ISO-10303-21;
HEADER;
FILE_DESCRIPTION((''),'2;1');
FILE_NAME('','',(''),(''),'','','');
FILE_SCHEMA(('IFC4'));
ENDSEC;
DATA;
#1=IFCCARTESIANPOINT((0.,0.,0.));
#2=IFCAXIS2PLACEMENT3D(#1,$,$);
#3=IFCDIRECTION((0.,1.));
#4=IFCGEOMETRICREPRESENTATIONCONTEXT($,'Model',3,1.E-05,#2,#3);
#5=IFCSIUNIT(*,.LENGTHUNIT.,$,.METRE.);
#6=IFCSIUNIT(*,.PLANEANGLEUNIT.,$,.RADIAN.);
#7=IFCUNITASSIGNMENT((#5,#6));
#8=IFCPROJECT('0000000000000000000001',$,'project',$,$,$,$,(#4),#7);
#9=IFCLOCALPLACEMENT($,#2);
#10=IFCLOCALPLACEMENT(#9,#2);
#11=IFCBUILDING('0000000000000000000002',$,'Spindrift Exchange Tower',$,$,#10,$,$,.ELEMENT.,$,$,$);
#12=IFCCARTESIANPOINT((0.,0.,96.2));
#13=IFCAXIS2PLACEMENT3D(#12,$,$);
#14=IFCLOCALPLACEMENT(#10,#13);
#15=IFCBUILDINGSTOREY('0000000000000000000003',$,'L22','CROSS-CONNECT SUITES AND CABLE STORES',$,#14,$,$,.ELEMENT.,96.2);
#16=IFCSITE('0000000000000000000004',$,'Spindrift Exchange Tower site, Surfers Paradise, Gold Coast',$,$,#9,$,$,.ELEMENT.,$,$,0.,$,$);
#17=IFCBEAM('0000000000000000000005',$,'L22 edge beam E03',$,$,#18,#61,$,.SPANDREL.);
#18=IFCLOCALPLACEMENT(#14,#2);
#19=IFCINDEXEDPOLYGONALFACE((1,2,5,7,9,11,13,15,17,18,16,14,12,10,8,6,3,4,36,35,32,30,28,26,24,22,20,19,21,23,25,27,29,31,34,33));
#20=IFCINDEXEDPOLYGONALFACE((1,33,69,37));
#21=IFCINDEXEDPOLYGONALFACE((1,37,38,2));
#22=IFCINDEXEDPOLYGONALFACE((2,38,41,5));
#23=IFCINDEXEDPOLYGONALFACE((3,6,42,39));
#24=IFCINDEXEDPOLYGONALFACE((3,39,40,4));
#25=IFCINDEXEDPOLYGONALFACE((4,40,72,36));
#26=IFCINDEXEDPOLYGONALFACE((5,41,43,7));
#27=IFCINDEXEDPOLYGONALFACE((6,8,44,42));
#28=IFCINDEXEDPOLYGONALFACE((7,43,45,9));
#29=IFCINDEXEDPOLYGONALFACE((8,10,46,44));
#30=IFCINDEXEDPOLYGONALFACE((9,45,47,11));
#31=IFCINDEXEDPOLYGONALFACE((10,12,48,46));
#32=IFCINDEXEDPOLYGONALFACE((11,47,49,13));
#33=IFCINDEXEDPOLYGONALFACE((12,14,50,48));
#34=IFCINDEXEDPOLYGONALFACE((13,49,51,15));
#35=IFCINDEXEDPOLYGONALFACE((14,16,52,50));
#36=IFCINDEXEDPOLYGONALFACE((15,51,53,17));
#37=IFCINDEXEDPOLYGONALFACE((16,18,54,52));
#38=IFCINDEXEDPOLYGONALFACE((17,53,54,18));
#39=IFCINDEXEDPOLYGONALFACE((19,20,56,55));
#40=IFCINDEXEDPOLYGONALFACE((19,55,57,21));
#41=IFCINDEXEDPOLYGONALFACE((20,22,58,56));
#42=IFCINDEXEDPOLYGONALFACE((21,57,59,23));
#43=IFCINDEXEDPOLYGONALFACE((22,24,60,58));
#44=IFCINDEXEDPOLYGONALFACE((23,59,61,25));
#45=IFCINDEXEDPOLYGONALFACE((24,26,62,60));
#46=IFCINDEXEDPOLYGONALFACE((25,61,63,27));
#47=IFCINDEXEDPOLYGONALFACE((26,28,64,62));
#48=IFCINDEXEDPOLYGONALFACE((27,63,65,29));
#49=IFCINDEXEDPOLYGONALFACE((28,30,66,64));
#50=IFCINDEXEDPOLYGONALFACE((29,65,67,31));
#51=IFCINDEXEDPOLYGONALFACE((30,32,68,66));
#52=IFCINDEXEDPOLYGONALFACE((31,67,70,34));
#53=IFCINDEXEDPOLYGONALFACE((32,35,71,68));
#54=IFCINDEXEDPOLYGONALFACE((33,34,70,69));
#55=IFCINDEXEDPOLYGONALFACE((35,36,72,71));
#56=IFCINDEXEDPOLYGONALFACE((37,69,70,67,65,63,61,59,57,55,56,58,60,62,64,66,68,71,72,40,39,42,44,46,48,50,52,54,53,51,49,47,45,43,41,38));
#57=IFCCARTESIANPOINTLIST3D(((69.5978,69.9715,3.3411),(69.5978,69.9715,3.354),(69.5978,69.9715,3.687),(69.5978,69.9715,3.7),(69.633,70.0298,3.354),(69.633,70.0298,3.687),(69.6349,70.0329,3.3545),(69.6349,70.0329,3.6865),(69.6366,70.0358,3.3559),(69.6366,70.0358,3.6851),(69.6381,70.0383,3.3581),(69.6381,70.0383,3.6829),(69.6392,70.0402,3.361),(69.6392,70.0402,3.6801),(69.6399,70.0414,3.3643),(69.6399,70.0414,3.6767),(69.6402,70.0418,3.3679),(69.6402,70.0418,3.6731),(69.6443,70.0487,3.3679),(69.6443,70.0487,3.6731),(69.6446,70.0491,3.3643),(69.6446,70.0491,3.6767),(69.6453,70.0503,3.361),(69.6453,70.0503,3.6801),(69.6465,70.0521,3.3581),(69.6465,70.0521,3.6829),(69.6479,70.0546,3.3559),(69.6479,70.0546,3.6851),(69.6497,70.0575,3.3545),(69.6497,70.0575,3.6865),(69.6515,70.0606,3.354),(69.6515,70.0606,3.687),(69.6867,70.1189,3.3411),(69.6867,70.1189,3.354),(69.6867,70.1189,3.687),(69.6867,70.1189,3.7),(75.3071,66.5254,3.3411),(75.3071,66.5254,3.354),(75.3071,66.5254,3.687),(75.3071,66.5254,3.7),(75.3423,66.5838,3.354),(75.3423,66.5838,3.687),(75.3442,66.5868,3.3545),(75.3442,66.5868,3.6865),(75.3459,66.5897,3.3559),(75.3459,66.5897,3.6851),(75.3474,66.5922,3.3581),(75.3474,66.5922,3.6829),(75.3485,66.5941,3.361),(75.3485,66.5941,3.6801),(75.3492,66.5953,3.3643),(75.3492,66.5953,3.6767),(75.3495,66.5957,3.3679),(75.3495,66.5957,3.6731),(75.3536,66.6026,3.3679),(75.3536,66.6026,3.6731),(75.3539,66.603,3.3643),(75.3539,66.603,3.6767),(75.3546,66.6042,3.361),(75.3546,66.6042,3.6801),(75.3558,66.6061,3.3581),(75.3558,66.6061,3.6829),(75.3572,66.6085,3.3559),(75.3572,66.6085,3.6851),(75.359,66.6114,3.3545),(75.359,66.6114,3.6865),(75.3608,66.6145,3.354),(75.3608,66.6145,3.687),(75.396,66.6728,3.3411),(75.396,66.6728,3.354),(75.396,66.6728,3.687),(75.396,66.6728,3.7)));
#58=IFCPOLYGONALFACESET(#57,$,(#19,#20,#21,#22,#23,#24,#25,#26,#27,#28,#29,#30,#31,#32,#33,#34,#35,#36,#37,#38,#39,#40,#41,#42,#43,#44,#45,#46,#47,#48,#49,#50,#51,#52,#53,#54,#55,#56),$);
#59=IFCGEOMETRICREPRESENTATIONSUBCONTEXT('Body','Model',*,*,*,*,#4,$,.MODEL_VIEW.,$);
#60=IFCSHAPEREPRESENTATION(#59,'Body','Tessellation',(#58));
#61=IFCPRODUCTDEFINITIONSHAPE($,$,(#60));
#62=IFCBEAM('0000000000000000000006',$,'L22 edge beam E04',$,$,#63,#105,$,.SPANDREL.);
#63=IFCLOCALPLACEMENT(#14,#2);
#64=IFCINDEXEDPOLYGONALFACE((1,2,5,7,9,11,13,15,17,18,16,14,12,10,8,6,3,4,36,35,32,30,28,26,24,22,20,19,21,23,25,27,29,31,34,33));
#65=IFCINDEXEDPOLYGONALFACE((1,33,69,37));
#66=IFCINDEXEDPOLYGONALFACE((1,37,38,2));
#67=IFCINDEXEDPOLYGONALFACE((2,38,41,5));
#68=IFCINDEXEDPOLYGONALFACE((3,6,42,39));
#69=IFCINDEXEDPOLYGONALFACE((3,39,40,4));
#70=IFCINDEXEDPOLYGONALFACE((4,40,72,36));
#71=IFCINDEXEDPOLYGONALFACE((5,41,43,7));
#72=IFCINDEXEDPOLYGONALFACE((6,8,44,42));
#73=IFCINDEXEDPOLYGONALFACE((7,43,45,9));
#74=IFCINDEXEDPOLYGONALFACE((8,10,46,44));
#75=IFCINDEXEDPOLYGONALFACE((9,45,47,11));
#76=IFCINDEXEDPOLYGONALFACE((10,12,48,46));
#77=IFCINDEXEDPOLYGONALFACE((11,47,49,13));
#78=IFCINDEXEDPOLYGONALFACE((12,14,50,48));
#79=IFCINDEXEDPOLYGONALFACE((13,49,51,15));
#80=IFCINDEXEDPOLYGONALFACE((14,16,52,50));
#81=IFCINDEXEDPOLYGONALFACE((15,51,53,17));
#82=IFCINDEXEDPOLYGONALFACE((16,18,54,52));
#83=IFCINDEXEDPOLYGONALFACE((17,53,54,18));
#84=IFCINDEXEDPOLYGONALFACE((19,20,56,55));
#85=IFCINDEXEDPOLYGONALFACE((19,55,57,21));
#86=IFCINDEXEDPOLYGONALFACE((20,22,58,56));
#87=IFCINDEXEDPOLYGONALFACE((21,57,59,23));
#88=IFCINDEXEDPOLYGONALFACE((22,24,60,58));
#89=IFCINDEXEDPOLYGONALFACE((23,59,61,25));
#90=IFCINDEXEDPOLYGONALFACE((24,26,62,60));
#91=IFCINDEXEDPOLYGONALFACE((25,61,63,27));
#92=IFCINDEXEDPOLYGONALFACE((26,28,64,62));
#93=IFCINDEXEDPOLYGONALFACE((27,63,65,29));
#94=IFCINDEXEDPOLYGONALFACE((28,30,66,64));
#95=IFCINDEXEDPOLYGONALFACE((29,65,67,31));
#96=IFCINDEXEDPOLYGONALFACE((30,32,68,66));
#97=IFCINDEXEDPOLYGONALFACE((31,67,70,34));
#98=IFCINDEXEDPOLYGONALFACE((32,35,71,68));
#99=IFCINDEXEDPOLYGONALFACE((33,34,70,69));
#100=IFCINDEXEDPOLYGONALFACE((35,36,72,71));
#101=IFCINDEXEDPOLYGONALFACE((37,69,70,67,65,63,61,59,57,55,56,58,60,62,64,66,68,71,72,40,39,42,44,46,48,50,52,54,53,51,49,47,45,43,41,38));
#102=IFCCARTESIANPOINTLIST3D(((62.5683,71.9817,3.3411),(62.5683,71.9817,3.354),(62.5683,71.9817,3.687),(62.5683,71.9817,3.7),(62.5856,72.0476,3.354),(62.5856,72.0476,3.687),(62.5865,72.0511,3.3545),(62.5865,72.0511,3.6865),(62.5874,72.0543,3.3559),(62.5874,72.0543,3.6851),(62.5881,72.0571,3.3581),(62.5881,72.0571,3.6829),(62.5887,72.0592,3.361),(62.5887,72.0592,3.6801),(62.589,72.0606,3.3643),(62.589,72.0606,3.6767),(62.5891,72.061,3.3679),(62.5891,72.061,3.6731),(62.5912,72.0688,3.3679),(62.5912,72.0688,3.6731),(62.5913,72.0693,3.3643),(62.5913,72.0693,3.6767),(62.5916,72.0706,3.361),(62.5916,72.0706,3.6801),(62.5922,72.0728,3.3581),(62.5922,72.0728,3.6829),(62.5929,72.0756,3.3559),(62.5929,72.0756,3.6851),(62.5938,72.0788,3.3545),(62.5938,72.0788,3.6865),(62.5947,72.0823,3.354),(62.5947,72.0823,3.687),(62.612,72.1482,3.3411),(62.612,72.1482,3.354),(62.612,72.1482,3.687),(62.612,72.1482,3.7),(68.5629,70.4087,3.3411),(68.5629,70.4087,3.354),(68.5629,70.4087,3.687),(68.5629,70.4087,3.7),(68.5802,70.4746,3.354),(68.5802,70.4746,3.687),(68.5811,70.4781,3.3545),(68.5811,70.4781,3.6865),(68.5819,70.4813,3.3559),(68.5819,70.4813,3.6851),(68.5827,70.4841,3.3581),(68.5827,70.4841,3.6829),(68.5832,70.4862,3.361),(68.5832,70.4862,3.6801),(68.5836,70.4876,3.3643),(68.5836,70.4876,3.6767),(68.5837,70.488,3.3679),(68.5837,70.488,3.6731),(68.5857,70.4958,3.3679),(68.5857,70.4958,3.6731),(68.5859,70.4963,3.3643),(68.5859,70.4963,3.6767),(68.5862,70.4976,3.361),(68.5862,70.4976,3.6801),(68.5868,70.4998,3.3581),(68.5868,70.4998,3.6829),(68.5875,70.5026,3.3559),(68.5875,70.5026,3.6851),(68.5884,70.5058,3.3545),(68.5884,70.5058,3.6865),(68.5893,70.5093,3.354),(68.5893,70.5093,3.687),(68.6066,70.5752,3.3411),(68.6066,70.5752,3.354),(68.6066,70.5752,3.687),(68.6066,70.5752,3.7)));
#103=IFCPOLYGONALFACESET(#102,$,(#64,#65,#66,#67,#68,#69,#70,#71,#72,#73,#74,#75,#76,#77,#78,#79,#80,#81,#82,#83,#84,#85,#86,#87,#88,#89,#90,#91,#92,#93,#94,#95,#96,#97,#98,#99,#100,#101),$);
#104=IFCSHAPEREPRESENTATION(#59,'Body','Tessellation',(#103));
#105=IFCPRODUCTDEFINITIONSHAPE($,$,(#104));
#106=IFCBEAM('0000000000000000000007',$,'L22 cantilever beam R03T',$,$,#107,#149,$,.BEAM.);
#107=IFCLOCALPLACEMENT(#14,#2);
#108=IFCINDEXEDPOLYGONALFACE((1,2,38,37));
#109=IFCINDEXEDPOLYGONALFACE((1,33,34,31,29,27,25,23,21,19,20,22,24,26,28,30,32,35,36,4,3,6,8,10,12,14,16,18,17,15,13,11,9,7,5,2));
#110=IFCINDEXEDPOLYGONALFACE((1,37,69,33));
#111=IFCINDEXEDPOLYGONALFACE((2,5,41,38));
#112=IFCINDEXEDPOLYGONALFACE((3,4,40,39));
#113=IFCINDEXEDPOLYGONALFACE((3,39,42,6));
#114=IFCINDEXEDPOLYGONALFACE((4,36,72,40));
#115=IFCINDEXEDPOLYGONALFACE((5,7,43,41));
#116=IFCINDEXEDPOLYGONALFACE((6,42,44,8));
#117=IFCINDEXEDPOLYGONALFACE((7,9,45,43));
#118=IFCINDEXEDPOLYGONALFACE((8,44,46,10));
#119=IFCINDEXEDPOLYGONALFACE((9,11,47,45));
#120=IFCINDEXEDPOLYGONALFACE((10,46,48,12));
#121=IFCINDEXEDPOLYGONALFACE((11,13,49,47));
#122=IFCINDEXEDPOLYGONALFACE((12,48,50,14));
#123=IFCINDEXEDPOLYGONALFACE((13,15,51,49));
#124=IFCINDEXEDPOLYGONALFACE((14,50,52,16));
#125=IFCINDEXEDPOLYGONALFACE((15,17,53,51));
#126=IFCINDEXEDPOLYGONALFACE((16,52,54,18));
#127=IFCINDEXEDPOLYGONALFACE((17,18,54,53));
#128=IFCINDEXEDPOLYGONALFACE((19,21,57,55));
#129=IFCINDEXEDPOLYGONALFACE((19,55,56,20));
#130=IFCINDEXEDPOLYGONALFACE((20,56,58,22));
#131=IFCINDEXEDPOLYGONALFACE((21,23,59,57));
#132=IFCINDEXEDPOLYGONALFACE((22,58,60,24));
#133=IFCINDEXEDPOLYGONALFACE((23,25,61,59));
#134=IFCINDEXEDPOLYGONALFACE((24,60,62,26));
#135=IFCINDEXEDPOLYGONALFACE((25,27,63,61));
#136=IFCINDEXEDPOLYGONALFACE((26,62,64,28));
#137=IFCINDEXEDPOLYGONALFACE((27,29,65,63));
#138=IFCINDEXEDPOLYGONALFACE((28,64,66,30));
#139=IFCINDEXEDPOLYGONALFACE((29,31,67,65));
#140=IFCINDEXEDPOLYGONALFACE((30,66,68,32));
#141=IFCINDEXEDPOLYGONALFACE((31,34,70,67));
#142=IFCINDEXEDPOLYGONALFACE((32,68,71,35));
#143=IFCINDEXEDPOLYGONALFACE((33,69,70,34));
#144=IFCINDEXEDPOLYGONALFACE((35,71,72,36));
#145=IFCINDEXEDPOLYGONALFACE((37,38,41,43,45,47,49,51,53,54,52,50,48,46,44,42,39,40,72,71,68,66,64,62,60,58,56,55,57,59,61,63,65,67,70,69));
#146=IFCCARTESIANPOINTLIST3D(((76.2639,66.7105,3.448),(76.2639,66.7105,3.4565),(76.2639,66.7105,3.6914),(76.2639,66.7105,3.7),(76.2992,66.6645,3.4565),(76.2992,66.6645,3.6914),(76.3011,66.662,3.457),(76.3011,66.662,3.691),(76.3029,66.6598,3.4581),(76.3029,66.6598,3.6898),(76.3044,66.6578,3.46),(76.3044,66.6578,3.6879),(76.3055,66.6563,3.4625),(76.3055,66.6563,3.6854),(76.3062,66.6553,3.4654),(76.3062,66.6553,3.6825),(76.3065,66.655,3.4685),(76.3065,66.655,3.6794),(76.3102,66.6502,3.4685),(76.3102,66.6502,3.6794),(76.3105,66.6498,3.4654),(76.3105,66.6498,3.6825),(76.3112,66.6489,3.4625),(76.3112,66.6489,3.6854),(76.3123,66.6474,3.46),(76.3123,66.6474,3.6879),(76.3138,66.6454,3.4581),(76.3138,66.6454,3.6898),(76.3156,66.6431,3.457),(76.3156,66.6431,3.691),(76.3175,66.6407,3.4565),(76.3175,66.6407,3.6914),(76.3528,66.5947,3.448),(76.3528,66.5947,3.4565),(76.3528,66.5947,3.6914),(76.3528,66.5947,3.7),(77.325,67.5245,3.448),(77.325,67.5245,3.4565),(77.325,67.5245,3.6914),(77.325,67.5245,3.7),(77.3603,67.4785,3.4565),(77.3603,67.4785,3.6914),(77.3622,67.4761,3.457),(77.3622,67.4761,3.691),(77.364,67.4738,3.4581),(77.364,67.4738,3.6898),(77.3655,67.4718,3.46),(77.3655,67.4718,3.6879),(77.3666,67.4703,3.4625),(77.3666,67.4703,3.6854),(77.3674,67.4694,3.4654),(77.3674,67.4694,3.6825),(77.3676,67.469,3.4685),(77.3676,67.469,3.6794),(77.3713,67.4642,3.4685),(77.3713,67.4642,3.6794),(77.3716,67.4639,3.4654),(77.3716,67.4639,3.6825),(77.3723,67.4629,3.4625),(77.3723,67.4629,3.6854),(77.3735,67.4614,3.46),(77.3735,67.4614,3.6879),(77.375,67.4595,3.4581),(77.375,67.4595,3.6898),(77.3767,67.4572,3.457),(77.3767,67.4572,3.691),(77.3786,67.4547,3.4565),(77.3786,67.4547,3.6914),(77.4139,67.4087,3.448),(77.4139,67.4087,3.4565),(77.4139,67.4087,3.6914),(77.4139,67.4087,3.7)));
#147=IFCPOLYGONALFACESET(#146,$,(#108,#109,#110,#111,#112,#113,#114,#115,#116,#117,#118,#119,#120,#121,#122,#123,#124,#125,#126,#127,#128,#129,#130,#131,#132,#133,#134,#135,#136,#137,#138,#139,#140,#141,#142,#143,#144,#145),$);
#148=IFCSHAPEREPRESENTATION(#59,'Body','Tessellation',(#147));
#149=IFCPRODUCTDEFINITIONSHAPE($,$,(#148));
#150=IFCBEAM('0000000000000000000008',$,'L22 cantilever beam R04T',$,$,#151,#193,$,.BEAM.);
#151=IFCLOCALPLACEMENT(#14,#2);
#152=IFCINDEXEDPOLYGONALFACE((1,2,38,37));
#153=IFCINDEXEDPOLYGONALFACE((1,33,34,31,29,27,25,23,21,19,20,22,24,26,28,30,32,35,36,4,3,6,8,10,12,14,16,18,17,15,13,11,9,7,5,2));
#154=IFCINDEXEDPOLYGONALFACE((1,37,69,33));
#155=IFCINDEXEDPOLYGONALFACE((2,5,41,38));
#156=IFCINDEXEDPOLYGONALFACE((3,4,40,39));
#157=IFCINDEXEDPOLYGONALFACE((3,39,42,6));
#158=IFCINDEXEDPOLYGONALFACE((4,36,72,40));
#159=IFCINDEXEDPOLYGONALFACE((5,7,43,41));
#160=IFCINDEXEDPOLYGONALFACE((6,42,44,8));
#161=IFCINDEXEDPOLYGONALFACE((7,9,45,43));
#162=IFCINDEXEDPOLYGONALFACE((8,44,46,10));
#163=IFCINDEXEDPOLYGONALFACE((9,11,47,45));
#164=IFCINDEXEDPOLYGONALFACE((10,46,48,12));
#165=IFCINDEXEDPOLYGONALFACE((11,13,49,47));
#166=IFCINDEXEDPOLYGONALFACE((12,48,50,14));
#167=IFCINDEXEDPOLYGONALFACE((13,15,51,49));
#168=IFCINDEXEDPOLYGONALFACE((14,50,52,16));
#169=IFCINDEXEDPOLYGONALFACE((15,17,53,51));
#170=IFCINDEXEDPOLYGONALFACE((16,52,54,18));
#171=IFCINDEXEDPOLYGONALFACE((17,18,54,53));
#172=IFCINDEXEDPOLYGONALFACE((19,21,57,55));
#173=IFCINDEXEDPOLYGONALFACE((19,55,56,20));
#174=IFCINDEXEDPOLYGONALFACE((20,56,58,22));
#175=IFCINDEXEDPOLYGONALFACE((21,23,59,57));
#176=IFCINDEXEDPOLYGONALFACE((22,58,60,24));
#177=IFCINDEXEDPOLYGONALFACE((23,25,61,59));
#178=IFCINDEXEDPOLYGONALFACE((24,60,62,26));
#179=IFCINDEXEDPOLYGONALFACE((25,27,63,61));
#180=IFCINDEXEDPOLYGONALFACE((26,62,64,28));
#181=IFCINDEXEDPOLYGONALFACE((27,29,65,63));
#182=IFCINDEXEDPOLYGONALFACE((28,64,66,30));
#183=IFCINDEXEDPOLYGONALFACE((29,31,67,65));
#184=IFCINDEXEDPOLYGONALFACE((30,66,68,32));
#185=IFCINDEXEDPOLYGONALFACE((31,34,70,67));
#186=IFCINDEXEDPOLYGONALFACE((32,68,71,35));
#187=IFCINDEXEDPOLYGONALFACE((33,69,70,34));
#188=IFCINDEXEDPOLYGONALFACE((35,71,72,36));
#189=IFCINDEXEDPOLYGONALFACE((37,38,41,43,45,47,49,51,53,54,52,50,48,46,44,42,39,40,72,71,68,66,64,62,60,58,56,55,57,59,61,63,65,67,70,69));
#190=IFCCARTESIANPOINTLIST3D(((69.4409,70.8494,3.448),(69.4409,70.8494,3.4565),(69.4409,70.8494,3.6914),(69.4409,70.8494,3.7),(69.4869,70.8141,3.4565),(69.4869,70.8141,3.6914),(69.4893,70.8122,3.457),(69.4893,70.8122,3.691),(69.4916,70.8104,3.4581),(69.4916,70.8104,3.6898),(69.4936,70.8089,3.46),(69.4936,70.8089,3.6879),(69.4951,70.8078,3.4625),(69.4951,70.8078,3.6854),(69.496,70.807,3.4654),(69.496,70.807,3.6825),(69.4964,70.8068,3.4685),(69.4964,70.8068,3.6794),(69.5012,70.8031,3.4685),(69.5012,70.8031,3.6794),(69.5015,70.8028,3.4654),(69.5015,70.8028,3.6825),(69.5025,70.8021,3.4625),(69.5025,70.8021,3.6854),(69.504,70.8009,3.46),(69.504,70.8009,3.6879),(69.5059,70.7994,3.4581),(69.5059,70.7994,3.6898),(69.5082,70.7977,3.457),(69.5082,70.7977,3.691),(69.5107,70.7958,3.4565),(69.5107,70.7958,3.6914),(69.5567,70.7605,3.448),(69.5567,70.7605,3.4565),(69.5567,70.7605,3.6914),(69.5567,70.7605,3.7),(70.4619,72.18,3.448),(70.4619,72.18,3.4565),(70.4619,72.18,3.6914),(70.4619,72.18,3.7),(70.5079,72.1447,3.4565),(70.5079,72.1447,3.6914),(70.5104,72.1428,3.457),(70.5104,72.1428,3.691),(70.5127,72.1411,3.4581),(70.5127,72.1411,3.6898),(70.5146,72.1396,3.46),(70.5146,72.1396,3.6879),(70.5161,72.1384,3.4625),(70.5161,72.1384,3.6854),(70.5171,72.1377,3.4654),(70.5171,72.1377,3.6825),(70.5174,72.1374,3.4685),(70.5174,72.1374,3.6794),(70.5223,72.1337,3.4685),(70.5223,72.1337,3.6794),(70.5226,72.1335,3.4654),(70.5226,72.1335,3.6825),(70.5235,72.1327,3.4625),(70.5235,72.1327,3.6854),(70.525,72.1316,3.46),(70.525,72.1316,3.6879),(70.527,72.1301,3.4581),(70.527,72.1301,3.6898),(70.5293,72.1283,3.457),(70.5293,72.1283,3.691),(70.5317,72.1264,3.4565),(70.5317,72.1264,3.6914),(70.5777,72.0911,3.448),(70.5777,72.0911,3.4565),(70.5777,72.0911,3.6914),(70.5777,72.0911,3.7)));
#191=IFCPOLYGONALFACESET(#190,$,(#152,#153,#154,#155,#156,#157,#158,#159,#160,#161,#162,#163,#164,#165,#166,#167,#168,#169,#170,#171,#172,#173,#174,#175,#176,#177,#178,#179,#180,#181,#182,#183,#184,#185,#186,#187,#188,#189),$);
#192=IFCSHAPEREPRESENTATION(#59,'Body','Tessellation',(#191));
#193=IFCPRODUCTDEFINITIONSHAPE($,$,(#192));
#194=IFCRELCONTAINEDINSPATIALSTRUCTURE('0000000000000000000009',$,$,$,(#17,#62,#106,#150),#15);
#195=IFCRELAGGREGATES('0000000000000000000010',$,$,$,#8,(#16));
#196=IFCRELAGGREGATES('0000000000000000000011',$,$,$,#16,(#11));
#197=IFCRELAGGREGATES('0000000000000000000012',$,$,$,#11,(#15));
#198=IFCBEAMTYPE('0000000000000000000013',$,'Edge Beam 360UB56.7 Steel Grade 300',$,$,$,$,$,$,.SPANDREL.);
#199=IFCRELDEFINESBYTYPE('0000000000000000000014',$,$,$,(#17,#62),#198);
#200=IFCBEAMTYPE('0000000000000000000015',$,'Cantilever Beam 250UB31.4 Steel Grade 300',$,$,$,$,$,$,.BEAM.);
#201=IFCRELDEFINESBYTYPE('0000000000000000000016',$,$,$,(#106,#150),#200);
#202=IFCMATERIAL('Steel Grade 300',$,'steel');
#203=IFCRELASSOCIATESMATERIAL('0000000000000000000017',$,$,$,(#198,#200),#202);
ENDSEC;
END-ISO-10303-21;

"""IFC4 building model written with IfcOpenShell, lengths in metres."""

from ifc_helpers import new_model, si_unit, direction, frame, origin, origin_2d, place, context, subcontext, project, spatial, i_section, extrude, source, transform, mapped, material, material_profile, profile_set, type_object, element, save


model = new_model("IFC4")

# Units and contexts
model_context = context("Model", 3, precision=1e-05, world=origin(), true_north=direction((0.0, 1.0)))
body_context = subcontext(model_context, "Body", "Model", "MODEL_VIEW")
ifc_project = project(units=[si_unit("LENGTHUNIT", "METRE"), si_unit("PLANEANGLEUNIT", "RADIAN")], contexts=[model_context])

# Site, building, storey
site_placement = place(None, origin())
site = spatial("IfcSite", under=ifc_project, at=site_placement, Name="Spindrift Exchange Tower site, Surfers Paradise, Gold Coast", CompositionType="ELEMENT", RefElevation=0.0)
building_placement = place(site_placement, origin())
building = spatial("IfcBuilding", under=site, at=building_placement, Name="Spindrift Exchange Tower", CompositionType="ELEMENT")
storey_placement = place(building_placement, frame((0.0, 0.0, 96.2)))
storey = spatial("IfcBuildingStorey", under=building, at=storey_placement, Name="L22", Description="CROSS-CONNECT SUITES AND CABLE STORES", CompositionType="ELEMENT", Elevation=96.2)

# Beams
ifc_material_1 = material(Name="Steel Grade 300", Category="steel")
ifc_material_profile_1 = material_profile(ifc_material_1, i_section(OverallWidth=0.1721, OverallDepth=0.3589, WebThickness=0.0081, FlangeThickness=0.0129, FilletRadius=0.0139, at=origin_2d()), Name="360UB56.7")
ifc_profile_set_1 = profile_set([ifc_material_profile_1], Name="Steel Grade 300")
beam_type_1 = type_object("IfcBeamType", Name="Edge Beam 360UB56.7 Steel Grade 300", PredefinedType="SPANDREL", material=ifc_profile_set_1)
shared_shape_1 = source(origin(), body_context, "Body", "SweptSolid", [
    extrude(i_section(OverallWidth=0.1721, OverallDepth=0.3589, WebThickness=0.0081, FlangeThickness=0.0129, FilletRadius=0.0139, at=origin_2d()), origin(), (0.0, 0.0, 1.0), 6.6687),
])
beam_1_placement = place(storey_placement, frame((75.3516, 66.5991, 3.5205), z_axis=(-0.856133, 0.516755, 0.0), x_axis=(-0.516755, -0.856133, 0.0)))
element("IfcBeam", 1, at=beam_1_placement, inside=storey, type_object=beam_type_1, Name="L22 edge beam E03", PredefinedType="SPANDREL", context=body_context, shape_type="MappedRepresentation", body=[
    mapped(shared_shape_1, transform((0.0, 0.0, 0.0), scale=1.0)),
])
shared_shape_2 = source(origin(), body_context, "Body", "SweptSolid", [
    extrude(i_section(OverallWidth=0.1721, OverallDepth=0.3589, WebThickness=0.0081, FlangeThickness=0.0129, FilletRadius=0.0139, at=origin_2d()), origin(), (0.0, 0.0, 1.0), 6.1975),
])
beam_2_placement = place(storey_placement, frame((68.5847, 70.4919, 3.5205), z_axis=(-0.967254, 0.253809, 0.0), x_axis=(-0.253809, -0.967254, 0.0)))
element("IfcBeam", 2, at=beam_2_placement, inside=storey, type_object=beam_type_1, Name="L22 edge beam E04", PredefinedType="SPANDREL", context=body_context, shape_type="MappedRepresentation", body=[
    mapped(shared_shape_2, transform((0.0, 0.0, 0.0), scale=1.0)),
])
ifc_material_profile_2 = material_profile(ifc_material_1, i_section(OverallWidth=0.146, OverallDepth=0.252, WebThickness=0.0061, FlangeThickness=0.0085, FilletRadius=0.012, at=origin_2d()), Name="250UB31.4")
ifc_profile_set_2 = profile_set([ifc_material_profile_2], Name="Steel Grade 300")
beam_type_2 = type_object("IfcBeamType", Name="Cantilever Beam 250UB31.4 Steel Grade 300", PredefinedType="BEAM", material=ifc_profile_set_2)
shared_shape_3 = source(origin(), body_context, "Body", "SweptSolid", [
    extrude(i_section(OverallWidth=0.146, OverallDepth=0.252, WebThickness=0.0061, FlangeThickness=0.0085, FilletRadius=0.012, at=origin_2d()), origin(), (0.0, 0.0, 1.0), 1.3374),
])
beam_3_placement = place(storey_placement, frame((76.3083, 66.6526, 3.574), z_axis=(0.793424, 0.608669, 0.0), x_axis=(-0.608669, 0.793424, 0.0)))
element("IfcBeam", 3, at=beam_3_placement, inside=storey, type_object=beam_type_2, Name="L22 cantilever beam R03T", PredefinedType="BEAM", context=body_context, shape_type="MappedRepresentation", body=[
    mapped(shared_shape_3, transform((0.0, 0.0, 0.0), scale=1.0)),
])
shared_shape_4 = source(origin(), body_context, "Body", "SweptSolid", [
    extrude(i_section(OverallWidth=0.146, OverallDepth=0.252, WebThickness=0.0061, FlangeThickness=0.0085, FilletRadius=0.012, at=origin_2d()), origin(), (0.0, 0.0, 1.0), 1.6772),
])
beam_4_placement = place(storey_placement, frame((69.4988, 70.8049, 3.574), z_axis=(0.608768, 0.793349, 0.0), x_axis=(-0.793349, 0.608768, 0.0)))
element("IfcBeam", 4, at=beam_4_placement, inside=storey, type_object=beam_type_2, Name="L22 cantilever beam R04T", PredefinedType="BEAM", context=body_context, shape_type="MappedRepresentation", body=[
    mapped(shared_shape_4, transform((0.0, 0.0, 0.0), scale=1.0)),
])

save(model, "model.ifc")
